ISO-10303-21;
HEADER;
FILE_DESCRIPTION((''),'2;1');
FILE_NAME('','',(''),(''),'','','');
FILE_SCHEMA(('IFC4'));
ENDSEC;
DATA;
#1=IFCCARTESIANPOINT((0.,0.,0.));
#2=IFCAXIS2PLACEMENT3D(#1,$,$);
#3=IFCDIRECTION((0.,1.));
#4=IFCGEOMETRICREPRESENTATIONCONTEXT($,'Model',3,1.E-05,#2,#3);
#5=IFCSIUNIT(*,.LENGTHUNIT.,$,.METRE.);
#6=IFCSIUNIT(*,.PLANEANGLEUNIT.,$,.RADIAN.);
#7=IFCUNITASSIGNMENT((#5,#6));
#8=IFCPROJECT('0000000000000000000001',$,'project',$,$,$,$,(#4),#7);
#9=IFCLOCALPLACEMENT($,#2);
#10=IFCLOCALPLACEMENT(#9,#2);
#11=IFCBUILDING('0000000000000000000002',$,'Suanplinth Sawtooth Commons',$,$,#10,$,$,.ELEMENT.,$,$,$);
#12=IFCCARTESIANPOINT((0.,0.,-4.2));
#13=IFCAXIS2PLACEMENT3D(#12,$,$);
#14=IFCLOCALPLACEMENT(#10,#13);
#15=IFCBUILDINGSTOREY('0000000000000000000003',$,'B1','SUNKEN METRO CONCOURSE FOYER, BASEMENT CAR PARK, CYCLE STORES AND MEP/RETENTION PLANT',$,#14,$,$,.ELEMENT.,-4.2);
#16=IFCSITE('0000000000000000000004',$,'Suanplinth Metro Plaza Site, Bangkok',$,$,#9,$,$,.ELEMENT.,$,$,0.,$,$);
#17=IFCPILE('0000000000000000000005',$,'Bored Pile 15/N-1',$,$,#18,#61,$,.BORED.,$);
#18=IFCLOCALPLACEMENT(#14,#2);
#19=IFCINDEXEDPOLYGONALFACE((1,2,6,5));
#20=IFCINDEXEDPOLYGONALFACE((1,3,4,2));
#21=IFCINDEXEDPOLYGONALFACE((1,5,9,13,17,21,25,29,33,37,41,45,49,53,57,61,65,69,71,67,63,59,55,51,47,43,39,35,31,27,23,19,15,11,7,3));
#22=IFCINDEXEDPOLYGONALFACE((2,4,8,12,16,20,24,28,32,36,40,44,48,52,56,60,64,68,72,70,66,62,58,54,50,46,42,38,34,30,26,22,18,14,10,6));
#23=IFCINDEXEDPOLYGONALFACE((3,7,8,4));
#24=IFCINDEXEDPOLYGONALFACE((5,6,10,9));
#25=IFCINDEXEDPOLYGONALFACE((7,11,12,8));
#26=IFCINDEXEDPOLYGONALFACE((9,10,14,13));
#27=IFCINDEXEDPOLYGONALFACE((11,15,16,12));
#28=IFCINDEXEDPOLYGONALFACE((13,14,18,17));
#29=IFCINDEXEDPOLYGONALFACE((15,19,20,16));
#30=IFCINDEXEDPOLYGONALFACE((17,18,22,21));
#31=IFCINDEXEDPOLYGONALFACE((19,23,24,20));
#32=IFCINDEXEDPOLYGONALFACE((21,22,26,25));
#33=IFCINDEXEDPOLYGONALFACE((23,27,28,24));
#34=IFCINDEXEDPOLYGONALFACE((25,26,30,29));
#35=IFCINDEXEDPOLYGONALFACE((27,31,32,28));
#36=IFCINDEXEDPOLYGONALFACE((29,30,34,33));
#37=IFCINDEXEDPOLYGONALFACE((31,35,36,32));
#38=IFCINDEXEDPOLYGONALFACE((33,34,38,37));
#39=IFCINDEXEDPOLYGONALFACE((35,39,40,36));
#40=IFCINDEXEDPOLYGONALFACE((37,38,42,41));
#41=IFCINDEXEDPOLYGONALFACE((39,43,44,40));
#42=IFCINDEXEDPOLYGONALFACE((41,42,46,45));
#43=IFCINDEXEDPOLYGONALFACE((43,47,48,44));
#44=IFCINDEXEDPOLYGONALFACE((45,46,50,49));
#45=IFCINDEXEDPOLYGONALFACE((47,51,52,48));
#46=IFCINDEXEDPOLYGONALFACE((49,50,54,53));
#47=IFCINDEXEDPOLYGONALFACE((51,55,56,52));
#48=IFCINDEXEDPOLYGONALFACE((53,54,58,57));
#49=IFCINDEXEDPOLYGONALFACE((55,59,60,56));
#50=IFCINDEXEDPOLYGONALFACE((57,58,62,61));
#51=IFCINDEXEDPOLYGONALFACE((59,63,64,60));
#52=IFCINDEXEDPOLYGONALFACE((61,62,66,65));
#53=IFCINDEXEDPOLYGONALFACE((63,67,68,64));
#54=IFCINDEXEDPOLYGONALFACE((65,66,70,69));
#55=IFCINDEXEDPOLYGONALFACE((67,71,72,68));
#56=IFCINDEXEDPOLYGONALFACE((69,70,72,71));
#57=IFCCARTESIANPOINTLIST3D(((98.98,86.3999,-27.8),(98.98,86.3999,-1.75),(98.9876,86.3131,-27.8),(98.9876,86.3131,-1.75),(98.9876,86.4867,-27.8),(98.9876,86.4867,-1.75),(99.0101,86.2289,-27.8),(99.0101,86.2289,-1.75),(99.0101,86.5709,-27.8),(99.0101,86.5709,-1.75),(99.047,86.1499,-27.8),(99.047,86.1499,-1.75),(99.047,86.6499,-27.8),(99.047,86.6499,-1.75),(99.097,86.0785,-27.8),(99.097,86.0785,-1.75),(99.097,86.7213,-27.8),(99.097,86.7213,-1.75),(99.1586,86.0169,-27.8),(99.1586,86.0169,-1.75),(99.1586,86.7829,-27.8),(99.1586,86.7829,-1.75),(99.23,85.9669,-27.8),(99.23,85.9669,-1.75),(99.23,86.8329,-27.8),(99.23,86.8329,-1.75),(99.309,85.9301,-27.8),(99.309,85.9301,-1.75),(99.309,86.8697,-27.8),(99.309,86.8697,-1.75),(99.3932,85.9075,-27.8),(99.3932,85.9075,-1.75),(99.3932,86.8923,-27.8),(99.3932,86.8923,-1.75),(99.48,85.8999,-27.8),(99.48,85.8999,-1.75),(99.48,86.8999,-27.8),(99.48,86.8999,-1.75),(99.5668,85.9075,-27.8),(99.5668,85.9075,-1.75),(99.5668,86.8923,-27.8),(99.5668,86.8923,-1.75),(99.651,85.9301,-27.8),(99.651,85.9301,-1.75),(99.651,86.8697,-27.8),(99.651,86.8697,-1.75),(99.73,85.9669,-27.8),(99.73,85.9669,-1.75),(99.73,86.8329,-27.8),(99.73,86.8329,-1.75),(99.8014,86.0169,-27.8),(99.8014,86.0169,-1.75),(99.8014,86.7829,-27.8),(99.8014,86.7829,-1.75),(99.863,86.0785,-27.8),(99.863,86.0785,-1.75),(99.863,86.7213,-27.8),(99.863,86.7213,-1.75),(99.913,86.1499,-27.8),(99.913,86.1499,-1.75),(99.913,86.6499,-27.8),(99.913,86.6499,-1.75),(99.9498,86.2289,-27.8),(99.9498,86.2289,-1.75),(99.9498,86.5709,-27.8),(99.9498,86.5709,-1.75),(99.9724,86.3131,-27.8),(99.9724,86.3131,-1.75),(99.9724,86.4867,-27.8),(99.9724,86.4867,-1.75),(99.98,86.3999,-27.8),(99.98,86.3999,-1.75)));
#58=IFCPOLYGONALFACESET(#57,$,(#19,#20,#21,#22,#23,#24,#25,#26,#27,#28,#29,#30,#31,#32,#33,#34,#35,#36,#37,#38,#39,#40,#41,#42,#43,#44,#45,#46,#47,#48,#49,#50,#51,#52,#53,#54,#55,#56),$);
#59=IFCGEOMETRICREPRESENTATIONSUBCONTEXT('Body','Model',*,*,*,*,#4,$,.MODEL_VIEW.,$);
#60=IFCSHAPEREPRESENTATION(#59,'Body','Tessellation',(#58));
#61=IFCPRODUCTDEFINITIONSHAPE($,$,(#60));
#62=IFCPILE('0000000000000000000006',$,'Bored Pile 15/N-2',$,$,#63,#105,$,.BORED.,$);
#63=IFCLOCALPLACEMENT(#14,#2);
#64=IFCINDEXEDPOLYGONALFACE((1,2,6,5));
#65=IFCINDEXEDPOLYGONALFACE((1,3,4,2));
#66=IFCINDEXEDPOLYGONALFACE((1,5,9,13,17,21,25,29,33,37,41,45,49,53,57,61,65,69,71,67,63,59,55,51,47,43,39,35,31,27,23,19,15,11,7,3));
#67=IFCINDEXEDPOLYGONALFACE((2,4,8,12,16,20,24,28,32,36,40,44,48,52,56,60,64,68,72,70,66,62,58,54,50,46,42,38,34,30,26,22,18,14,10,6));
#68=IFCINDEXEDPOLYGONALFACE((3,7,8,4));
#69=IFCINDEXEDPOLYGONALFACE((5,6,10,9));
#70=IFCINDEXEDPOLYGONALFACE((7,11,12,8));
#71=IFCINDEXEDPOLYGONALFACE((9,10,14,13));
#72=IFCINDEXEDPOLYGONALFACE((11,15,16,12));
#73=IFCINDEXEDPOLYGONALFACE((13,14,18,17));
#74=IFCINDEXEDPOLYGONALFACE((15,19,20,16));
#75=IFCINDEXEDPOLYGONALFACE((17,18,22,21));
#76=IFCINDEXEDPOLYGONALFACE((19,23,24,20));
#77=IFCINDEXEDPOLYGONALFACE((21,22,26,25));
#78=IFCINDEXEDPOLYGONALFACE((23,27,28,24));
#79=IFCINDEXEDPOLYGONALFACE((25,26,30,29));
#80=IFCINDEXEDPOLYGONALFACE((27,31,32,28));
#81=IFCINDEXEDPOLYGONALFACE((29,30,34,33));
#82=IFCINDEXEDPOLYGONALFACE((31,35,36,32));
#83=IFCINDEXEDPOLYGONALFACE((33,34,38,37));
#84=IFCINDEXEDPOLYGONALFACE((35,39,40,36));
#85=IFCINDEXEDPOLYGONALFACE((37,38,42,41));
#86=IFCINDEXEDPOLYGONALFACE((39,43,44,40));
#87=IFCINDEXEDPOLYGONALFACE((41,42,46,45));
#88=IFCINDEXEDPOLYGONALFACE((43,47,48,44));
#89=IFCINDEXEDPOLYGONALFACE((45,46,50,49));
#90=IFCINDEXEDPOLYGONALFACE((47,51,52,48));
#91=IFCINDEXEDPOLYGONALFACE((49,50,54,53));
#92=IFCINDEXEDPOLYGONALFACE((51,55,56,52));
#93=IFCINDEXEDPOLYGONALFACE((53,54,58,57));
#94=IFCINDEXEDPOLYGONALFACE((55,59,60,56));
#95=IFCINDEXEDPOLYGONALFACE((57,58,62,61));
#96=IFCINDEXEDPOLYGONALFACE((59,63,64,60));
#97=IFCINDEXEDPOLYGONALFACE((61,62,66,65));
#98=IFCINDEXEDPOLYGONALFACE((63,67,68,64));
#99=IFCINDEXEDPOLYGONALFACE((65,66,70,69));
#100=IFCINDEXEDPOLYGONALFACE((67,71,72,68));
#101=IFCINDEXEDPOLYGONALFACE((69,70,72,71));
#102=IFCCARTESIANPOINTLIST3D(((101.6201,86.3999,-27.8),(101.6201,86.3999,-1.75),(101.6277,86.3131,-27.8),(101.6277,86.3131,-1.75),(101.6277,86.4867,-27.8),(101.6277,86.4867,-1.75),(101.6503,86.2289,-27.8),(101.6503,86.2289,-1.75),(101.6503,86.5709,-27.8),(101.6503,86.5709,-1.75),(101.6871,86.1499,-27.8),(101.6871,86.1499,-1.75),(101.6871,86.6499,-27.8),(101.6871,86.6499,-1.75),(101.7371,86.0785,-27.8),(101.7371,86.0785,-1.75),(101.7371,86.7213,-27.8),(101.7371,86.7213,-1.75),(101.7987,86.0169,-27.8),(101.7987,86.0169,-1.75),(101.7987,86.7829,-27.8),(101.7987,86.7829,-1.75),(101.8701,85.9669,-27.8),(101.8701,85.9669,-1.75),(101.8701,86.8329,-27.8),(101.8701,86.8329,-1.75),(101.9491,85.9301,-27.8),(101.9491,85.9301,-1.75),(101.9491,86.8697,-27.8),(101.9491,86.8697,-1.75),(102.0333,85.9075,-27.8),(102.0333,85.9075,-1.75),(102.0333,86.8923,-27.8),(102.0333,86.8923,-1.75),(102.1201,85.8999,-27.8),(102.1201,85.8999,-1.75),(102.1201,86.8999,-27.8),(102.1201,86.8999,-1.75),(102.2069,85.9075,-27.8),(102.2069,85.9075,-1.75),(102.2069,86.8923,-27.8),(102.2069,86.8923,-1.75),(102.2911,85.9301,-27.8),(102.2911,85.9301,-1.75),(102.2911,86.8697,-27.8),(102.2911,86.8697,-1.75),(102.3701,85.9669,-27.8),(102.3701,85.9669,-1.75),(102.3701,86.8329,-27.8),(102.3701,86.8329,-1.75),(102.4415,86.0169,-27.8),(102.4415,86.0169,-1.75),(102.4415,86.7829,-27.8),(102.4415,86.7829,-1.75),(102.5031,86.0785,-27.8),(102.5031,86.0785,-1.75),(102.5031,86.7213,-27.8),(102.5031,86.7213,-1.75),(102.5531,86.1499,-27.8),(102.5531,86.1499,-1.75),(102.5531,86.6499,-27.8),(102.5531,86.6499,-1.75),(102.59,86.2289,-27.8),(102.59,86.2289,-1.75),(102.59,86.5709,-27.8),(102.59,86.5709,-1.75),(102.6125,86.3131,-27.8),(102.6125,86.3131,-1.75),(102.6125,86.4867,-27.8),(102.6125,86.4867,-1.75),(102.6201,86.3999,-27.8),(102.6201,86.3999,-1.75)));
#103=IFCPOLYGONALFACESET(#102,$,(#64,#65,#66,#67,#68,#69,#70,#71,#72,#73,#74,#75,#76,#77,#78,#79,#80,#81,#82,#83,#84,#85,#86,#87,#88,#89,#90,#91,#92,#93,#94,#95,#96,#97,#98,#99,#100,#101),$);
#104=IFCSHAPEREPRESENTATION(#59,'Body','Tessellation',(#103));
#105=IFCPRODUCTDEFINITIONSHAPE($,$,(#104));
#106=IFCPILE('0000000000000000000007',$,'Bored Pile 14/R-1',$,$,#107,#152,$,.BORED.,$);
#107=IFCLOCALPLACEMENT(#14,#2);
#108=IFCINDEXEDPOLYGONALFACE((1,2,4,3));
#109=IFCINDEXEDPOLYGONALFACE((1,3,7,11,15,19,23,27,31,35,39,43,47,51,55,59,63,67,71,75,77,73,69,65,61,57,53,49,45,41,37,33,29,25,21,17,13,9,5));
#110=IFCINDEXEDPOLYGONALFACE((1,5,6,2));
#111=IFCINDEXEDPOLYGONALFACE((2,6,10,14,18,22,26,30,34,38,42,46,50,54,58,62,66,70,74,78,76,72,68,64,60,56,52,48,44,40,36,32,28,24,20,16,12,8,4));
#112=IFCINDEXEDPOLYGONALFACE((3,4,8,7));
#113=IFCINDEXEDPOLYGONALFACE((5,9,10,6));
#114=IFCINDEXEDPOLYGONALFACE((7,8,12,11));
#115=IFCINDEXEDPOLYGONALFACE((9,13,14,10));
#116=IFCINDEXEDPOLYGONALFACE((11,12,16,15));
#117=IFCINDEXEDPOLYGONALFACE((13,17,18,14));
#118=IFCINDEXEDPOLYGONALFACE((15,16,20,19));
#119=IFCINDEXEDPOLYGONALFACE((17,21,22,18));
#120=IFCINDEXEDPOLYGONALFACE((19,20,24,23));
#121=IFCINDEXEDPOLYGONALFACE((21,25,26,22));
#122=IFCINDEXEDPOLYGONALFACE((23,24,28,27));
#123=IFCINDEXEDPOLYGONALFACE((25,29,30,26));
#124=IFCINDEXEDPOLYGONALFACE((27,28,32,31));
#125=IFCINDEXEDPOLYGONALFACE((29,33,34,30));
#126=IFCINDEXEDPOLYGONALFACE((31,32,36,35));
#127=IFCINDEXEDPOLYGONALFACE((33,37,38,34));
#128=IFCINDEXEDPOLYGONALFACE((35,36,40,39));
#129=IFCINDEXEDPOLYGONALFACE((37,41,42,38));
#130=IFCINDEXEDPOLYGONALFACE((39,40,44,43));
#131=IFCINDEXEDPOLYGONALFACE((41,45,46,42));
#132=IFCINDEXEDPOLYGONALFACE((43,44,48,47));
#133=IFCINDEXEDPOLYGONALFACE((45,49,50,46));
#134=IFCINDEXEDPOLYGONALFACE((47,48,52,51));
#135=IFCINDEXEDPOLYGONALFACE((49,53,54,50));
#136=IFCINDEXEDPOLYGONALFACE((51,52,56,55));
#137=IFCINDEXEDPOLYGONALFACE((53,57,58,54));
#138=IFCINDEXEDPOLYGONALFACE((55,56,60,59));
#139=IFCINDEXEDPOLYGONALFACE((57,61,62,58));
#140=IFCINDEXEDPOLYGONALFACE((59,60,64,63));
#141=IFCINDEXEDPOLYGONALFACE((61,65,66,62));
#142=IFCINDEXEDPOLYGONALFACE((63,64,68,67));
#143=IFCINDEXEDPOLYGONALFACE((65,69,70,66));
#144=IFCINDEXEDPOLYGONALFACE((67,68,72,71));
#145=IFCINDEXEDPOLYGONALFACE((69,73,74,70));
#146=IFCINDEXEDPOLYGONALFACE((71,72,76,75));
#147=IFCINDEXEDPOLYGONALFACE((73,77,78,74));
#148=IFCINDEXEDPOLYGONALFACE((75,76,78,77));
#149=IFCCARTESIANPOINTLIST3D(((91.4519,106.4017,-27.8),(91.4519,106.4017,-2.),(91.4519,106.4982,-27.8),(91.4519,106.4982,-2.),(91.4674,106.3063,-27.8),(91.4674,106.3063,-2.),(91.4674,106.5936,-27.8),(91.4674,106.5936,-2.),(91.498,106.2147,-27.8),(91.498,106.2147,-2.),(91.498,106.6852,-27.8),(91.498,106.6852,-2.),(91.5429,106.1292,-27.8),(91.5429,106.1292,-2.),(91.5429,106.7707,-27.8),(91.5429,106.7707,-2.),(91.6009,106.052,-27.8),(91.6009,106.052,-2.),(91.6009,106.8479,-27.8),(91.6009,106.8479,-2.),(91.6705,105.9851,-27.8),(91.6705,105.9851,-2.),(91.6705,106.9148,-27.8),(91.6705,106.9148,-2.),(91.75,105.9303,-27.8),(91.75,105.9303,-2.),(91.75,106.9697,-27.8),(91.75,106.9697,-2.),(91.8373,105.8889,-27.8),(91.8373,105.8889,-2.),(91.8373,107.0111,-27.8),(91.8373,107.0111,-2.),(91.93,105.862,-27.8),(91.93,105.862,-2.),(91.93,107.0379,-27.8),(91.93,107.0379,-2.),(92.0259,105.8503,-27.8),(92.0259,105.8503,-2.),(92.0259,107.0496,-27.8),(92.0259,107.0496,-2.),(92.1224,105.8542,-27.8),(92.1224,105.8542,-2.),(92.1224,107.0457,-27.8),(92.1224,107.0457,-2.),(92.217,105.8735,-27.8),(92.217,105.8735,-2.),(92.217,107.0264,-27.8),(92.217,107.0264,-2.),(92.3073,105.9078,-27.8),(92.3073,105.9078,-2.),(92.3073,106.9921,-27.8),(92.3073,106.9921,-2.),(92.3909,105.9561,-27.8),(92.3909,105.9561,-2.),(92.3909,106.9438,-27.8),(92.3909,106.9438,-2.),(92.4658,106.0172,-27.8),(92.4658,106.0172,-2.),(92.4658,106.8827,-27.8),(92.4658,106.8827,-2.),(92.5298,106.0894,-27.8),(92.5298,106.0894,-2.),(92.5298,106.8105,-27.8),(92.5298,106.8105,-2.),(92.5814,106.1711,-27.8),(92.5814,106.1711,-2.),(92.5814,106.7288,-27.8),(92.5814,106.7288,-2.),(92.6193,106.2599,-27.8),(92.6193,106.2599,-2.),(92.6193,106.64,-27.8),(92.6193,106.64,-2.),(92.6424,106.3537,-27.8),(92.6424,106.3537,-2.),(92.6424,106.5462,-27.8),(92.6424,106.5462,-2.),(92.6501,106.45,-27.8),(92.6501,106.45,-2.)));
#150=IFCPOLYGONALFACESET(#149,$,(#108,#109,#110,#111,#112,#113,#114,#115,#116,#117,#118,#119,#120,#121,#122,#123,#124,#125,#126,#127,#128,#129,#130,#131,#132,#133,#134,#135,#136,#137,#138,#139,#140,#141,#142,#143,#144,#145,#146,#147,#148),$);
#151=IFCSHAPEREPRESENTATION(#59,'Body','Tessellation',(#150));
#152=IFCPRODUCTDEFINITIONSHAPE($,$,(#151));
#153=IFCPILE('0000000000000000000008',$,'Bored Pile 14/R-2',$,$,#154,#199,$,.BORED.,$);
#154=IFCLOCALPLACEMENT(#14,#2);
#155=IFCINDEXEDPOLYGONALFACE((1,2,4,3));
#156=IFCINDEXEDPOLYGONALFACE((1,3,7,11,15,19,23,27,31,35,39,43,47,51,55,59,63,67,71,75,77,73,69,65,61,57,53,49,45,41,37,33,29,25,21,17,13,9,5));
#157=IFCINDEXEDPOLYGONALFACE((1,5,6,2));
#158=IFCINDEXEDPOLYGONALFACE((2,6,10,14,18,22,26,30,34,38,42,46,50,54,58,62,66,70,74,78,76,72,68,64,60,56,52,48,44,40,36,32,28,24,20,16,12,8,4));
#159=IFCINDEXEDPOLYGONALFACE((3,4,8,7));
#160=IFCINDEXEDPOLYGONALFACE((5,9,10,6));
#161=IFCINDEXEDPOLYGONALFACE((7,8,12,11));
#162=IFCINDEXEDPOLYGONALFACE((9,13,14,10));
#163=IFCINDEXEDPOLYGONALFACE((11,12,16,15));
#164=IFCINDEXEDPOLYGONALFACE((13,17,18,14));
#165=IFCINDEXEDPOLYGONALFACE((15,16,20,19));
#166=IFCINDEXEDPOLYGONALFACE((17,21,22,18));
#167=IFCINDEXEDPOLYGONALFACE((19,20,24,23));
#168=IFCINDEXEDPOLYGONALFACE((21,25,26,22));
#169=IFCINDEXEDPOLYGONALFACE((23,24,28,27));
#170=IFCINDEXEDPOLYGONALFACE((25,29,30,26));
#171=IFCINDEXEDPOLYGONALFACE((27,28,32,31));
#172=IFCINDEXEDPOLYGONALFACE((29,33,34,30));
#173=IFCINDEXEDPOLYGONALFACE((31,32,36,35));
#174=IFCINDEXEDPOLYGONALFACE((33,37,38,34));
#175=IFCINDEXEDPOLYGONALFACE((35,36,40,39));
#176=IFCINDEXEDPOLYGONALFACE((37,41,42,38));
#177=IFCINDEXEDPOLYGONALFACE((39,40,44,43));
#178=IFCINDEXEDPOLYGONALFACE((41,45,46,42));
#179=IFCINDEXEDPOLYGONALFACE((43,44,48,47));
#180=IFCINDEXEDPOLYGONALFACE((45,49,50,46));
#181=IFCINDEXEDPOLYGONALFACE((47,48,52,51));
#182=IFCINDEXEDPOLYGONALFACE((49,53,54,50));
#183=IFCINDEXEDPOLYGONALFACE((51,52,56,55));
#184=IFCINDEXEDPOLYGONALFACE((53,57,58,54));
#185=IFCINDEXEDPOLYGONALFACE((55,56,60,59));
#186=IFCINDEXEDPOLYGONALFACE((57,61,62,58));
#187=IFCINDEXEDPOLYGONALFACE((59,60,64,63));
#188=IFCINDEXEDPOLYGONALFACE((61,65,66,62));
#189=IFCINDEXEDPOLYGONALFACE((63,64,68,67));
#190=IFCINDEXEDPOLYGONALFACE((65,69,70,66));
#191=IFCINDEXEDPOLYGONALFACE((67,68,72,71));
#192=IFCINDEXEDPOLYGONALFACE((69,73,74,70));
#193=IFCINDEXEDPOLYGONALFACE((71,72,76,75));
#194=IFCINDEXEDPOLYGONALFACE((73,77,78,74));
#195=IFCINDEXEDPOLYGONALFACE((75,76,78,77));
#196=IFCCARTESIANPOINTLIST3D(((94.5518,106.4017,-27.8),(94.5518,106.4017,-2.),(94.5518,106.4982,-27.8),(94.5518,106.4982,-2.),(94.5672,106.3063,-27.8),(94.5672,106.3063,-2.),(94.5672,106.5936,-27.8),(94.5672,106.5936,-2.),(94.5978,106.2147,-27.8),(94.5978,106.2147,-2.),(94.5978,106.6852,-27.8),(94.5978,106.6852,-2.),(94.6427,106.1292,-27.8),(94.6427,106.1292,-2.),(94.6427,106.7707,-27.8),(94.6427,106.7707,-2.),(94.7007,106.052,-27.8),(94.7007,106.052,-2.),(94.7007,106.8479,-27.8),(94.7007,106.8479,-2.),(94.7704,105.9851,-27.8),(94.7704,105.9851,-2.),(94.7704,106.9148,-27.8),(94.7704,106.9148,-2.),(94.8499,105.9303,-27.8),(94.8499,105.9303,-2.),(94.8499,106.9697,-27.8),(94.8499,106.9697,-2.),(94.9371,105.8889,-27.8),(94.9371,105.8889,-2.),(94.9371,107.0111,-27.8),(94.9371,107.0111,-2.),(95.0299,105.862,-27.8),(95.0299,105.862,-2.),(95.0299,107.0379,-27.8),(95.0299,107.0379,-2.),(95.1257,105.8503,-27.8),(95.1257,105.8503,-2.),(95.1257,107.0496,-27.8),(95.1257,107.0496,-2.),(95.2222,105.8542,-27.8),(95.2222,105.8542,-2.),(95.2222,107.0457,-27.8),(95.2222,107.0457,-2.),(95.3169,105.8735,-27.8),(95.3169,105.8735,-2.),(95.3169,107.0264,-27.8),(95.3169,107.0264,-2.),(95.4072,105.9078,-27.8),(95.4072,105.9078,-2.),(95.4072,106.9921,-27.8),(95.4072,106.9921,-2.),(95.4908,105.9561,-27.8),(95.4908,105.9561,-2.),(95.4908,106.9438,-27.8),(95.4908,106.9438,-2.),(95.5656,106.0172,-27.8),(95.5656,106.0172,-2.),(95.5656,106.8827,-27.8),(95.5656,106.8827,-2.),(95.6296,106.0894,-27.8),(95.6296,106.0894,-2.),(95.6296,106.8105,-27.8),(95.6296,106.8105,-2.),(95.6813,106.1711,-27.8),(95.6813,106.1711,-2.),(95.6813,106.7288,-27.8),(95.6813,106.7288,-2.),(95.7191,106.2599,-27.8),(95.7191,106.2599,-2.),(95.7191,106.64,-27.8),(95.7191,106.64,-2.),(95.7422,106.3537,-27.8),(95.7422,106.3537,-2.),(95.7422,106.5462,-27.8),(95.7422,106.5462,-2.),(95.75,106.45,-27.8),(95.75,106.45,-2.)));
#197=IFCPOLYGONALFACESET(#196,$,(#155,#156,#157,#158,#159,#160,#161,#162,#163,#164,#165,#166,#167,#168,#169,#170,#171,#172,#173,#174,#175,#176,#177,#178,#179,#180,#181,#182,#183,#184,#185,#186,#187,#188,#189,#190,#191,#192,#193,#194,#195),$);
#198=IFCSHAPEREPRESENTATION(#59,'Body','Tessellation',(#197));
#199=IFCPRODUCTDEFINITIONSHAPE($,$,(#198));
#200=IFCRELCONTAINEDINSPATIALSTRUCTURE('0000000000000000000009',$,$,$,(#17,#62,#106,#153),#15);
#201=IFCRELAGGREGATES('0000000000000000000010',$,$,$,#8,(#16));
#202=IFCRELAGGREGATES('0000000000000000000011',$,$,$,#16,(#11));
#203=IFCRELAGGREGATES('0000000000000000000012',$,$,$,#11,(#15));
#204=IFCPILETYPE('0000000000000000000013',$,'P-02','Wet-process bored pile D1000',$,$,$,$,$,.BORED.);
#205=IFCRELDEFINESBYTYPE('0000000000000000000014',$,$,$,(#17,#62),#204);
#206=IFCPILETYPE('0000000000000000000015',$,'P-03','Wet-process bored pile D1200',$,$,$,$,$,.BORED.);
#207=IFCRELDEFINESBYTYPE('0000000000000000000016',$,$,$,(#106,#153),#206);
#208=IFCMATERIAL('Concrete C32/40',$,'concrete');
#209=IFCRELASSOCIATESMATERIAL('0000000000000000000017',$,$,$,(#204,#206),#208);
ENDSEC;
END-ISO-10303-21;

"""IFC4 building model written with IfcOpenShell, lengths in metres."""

from ifc_helpers import new_model, si_unit, direction, frame, origin, origin_2d, place, context, subcontext, project, spatial, circle, extrude, material, material_profile, profile_set, type_object, element, save


model = new_model("IFC4")

# Units and contexts
model_context = context("Model", 3, precision=1e-05, world=origin(), true_north=direction((0.0, 1.0)))
body_context = subcontext(model_context, "Body", "Model", "MODEL_VIEW")
ifc_project = project(units=[si_unit("LENGTHUNIT", "METRE"), si_unit("PLANEANGLEUNIT", "RADIAN")], contexts=[model_context])

# Site, building, storey
site_placement = place(None, origin())
site = spatial("IfcSite", under=ifc_project, at=site_placement, Name="Suanplinth Metro Plaza Site, Bangkok", CompositionType="ELEMENT", RefElevation=0.0)
building_placement = place(site_placement, origin())
building = spatial("IfcBuilding", under=site, at=building_placement, Name="Suanplinth Sawtooth Commons", CompositionType="ELEMENT")
storey_placement = place(building_placement, frame((0.0, 0.0, -4.2)))
storey = spatial("IfcBuildingStorey", under=building, at=storey_placement, Name="B1", Description="SUNKEN METRO CONCOURSE FOYER, BASEMENT CAR PARK, CYCLE STORES AND MEP/RETENTION PLANT", CompositionType="ELEMENT", Elevation=-4.2)

# Piles
ifc_material_1 = material(Name="Concrete C32/40", Category="concrete")
ifc_material_profile_1 = material_profile(ifc_material_1, circle(Radius=0.5, at=origin_2d()), Name="PILE D1000")
ifc_profile_set_1 = profile_set([ifc_material_profile_1], Name="Concrete C32/40")
pile_type_1 = type_object("IfcPileType", Name="P-02", Description="Wet-process bored pile D1000", PredefinedType="BORED", material=ifc_profile_set_1)
for number, where, z_axis, x_axis, name in (
    (1, (99.48, 86.3999, -1.75), (0.0, 0.0, -1.0), (1.0, 0.0, 0.0), "Bored Pile 15/N-1"),
    (2, (102.1201, 86.3999, -1.75), (0.0, 0.0, -1.0), (1.0, 0.0, 0.0), "Bored Pile 15/N-2"),
):
    element("IfcPile", number, at=place(storey_placement, frame(where, z_axis=z_axis, x_axis=x_axis)), inside=storey, type_object=pile_type_1, Name=name, PredefinedType="BORED", context=body_context, shape_type="SweptSolid", body=[
        extrude(circle(Radius=0.5, at=origin_2d()), origin(), (0.0, 0.0, 1.0), 26.05),
    ])
ifc_material_profile_2 = material_profile(ifc_material_1, circle(Radius=0.6001, at=origin_2d()), Name="PILE D1200")
ifc_profile_set_2 = profile_set([ifc_material_profile_2], Name="Concrete C32/40")
pile_type_2 = type_object("IfcPileType", Name="P-03", Description="Wet-process bored pile D1200", PredefinedType="BORED", material=ifc_profile_set_2)
for number, where, z_axis, x_axis, name in (
    (3, (92.05, 106.45, -2.0), (0.0, 0.0, -1.0), (1.0, 0.0, 0.0), "Bored Pile 14/R-1"),
    (4, (95.1499, 106.45, -2.0), (0.0, 0.0, -1.0), (1.0, 0.0, 0.0), "Bored Pile 14/R-2"),
):
    element("IfcPile", number, at=place(storey_placement, frame(where, z_axis=z_axis, x_axis=x_axis)), inside=storey, type_object=pile_type_2, Name=name, PredefinedType="BORED", context=body_context, shape_type="SweptSolid", body=[
        extrude(circle(Radius=0.6001, at=origin_2d()), origin(), (0.0, 0.0, 1.0), 25.8),
    ])

save(model, "model.ifc")
